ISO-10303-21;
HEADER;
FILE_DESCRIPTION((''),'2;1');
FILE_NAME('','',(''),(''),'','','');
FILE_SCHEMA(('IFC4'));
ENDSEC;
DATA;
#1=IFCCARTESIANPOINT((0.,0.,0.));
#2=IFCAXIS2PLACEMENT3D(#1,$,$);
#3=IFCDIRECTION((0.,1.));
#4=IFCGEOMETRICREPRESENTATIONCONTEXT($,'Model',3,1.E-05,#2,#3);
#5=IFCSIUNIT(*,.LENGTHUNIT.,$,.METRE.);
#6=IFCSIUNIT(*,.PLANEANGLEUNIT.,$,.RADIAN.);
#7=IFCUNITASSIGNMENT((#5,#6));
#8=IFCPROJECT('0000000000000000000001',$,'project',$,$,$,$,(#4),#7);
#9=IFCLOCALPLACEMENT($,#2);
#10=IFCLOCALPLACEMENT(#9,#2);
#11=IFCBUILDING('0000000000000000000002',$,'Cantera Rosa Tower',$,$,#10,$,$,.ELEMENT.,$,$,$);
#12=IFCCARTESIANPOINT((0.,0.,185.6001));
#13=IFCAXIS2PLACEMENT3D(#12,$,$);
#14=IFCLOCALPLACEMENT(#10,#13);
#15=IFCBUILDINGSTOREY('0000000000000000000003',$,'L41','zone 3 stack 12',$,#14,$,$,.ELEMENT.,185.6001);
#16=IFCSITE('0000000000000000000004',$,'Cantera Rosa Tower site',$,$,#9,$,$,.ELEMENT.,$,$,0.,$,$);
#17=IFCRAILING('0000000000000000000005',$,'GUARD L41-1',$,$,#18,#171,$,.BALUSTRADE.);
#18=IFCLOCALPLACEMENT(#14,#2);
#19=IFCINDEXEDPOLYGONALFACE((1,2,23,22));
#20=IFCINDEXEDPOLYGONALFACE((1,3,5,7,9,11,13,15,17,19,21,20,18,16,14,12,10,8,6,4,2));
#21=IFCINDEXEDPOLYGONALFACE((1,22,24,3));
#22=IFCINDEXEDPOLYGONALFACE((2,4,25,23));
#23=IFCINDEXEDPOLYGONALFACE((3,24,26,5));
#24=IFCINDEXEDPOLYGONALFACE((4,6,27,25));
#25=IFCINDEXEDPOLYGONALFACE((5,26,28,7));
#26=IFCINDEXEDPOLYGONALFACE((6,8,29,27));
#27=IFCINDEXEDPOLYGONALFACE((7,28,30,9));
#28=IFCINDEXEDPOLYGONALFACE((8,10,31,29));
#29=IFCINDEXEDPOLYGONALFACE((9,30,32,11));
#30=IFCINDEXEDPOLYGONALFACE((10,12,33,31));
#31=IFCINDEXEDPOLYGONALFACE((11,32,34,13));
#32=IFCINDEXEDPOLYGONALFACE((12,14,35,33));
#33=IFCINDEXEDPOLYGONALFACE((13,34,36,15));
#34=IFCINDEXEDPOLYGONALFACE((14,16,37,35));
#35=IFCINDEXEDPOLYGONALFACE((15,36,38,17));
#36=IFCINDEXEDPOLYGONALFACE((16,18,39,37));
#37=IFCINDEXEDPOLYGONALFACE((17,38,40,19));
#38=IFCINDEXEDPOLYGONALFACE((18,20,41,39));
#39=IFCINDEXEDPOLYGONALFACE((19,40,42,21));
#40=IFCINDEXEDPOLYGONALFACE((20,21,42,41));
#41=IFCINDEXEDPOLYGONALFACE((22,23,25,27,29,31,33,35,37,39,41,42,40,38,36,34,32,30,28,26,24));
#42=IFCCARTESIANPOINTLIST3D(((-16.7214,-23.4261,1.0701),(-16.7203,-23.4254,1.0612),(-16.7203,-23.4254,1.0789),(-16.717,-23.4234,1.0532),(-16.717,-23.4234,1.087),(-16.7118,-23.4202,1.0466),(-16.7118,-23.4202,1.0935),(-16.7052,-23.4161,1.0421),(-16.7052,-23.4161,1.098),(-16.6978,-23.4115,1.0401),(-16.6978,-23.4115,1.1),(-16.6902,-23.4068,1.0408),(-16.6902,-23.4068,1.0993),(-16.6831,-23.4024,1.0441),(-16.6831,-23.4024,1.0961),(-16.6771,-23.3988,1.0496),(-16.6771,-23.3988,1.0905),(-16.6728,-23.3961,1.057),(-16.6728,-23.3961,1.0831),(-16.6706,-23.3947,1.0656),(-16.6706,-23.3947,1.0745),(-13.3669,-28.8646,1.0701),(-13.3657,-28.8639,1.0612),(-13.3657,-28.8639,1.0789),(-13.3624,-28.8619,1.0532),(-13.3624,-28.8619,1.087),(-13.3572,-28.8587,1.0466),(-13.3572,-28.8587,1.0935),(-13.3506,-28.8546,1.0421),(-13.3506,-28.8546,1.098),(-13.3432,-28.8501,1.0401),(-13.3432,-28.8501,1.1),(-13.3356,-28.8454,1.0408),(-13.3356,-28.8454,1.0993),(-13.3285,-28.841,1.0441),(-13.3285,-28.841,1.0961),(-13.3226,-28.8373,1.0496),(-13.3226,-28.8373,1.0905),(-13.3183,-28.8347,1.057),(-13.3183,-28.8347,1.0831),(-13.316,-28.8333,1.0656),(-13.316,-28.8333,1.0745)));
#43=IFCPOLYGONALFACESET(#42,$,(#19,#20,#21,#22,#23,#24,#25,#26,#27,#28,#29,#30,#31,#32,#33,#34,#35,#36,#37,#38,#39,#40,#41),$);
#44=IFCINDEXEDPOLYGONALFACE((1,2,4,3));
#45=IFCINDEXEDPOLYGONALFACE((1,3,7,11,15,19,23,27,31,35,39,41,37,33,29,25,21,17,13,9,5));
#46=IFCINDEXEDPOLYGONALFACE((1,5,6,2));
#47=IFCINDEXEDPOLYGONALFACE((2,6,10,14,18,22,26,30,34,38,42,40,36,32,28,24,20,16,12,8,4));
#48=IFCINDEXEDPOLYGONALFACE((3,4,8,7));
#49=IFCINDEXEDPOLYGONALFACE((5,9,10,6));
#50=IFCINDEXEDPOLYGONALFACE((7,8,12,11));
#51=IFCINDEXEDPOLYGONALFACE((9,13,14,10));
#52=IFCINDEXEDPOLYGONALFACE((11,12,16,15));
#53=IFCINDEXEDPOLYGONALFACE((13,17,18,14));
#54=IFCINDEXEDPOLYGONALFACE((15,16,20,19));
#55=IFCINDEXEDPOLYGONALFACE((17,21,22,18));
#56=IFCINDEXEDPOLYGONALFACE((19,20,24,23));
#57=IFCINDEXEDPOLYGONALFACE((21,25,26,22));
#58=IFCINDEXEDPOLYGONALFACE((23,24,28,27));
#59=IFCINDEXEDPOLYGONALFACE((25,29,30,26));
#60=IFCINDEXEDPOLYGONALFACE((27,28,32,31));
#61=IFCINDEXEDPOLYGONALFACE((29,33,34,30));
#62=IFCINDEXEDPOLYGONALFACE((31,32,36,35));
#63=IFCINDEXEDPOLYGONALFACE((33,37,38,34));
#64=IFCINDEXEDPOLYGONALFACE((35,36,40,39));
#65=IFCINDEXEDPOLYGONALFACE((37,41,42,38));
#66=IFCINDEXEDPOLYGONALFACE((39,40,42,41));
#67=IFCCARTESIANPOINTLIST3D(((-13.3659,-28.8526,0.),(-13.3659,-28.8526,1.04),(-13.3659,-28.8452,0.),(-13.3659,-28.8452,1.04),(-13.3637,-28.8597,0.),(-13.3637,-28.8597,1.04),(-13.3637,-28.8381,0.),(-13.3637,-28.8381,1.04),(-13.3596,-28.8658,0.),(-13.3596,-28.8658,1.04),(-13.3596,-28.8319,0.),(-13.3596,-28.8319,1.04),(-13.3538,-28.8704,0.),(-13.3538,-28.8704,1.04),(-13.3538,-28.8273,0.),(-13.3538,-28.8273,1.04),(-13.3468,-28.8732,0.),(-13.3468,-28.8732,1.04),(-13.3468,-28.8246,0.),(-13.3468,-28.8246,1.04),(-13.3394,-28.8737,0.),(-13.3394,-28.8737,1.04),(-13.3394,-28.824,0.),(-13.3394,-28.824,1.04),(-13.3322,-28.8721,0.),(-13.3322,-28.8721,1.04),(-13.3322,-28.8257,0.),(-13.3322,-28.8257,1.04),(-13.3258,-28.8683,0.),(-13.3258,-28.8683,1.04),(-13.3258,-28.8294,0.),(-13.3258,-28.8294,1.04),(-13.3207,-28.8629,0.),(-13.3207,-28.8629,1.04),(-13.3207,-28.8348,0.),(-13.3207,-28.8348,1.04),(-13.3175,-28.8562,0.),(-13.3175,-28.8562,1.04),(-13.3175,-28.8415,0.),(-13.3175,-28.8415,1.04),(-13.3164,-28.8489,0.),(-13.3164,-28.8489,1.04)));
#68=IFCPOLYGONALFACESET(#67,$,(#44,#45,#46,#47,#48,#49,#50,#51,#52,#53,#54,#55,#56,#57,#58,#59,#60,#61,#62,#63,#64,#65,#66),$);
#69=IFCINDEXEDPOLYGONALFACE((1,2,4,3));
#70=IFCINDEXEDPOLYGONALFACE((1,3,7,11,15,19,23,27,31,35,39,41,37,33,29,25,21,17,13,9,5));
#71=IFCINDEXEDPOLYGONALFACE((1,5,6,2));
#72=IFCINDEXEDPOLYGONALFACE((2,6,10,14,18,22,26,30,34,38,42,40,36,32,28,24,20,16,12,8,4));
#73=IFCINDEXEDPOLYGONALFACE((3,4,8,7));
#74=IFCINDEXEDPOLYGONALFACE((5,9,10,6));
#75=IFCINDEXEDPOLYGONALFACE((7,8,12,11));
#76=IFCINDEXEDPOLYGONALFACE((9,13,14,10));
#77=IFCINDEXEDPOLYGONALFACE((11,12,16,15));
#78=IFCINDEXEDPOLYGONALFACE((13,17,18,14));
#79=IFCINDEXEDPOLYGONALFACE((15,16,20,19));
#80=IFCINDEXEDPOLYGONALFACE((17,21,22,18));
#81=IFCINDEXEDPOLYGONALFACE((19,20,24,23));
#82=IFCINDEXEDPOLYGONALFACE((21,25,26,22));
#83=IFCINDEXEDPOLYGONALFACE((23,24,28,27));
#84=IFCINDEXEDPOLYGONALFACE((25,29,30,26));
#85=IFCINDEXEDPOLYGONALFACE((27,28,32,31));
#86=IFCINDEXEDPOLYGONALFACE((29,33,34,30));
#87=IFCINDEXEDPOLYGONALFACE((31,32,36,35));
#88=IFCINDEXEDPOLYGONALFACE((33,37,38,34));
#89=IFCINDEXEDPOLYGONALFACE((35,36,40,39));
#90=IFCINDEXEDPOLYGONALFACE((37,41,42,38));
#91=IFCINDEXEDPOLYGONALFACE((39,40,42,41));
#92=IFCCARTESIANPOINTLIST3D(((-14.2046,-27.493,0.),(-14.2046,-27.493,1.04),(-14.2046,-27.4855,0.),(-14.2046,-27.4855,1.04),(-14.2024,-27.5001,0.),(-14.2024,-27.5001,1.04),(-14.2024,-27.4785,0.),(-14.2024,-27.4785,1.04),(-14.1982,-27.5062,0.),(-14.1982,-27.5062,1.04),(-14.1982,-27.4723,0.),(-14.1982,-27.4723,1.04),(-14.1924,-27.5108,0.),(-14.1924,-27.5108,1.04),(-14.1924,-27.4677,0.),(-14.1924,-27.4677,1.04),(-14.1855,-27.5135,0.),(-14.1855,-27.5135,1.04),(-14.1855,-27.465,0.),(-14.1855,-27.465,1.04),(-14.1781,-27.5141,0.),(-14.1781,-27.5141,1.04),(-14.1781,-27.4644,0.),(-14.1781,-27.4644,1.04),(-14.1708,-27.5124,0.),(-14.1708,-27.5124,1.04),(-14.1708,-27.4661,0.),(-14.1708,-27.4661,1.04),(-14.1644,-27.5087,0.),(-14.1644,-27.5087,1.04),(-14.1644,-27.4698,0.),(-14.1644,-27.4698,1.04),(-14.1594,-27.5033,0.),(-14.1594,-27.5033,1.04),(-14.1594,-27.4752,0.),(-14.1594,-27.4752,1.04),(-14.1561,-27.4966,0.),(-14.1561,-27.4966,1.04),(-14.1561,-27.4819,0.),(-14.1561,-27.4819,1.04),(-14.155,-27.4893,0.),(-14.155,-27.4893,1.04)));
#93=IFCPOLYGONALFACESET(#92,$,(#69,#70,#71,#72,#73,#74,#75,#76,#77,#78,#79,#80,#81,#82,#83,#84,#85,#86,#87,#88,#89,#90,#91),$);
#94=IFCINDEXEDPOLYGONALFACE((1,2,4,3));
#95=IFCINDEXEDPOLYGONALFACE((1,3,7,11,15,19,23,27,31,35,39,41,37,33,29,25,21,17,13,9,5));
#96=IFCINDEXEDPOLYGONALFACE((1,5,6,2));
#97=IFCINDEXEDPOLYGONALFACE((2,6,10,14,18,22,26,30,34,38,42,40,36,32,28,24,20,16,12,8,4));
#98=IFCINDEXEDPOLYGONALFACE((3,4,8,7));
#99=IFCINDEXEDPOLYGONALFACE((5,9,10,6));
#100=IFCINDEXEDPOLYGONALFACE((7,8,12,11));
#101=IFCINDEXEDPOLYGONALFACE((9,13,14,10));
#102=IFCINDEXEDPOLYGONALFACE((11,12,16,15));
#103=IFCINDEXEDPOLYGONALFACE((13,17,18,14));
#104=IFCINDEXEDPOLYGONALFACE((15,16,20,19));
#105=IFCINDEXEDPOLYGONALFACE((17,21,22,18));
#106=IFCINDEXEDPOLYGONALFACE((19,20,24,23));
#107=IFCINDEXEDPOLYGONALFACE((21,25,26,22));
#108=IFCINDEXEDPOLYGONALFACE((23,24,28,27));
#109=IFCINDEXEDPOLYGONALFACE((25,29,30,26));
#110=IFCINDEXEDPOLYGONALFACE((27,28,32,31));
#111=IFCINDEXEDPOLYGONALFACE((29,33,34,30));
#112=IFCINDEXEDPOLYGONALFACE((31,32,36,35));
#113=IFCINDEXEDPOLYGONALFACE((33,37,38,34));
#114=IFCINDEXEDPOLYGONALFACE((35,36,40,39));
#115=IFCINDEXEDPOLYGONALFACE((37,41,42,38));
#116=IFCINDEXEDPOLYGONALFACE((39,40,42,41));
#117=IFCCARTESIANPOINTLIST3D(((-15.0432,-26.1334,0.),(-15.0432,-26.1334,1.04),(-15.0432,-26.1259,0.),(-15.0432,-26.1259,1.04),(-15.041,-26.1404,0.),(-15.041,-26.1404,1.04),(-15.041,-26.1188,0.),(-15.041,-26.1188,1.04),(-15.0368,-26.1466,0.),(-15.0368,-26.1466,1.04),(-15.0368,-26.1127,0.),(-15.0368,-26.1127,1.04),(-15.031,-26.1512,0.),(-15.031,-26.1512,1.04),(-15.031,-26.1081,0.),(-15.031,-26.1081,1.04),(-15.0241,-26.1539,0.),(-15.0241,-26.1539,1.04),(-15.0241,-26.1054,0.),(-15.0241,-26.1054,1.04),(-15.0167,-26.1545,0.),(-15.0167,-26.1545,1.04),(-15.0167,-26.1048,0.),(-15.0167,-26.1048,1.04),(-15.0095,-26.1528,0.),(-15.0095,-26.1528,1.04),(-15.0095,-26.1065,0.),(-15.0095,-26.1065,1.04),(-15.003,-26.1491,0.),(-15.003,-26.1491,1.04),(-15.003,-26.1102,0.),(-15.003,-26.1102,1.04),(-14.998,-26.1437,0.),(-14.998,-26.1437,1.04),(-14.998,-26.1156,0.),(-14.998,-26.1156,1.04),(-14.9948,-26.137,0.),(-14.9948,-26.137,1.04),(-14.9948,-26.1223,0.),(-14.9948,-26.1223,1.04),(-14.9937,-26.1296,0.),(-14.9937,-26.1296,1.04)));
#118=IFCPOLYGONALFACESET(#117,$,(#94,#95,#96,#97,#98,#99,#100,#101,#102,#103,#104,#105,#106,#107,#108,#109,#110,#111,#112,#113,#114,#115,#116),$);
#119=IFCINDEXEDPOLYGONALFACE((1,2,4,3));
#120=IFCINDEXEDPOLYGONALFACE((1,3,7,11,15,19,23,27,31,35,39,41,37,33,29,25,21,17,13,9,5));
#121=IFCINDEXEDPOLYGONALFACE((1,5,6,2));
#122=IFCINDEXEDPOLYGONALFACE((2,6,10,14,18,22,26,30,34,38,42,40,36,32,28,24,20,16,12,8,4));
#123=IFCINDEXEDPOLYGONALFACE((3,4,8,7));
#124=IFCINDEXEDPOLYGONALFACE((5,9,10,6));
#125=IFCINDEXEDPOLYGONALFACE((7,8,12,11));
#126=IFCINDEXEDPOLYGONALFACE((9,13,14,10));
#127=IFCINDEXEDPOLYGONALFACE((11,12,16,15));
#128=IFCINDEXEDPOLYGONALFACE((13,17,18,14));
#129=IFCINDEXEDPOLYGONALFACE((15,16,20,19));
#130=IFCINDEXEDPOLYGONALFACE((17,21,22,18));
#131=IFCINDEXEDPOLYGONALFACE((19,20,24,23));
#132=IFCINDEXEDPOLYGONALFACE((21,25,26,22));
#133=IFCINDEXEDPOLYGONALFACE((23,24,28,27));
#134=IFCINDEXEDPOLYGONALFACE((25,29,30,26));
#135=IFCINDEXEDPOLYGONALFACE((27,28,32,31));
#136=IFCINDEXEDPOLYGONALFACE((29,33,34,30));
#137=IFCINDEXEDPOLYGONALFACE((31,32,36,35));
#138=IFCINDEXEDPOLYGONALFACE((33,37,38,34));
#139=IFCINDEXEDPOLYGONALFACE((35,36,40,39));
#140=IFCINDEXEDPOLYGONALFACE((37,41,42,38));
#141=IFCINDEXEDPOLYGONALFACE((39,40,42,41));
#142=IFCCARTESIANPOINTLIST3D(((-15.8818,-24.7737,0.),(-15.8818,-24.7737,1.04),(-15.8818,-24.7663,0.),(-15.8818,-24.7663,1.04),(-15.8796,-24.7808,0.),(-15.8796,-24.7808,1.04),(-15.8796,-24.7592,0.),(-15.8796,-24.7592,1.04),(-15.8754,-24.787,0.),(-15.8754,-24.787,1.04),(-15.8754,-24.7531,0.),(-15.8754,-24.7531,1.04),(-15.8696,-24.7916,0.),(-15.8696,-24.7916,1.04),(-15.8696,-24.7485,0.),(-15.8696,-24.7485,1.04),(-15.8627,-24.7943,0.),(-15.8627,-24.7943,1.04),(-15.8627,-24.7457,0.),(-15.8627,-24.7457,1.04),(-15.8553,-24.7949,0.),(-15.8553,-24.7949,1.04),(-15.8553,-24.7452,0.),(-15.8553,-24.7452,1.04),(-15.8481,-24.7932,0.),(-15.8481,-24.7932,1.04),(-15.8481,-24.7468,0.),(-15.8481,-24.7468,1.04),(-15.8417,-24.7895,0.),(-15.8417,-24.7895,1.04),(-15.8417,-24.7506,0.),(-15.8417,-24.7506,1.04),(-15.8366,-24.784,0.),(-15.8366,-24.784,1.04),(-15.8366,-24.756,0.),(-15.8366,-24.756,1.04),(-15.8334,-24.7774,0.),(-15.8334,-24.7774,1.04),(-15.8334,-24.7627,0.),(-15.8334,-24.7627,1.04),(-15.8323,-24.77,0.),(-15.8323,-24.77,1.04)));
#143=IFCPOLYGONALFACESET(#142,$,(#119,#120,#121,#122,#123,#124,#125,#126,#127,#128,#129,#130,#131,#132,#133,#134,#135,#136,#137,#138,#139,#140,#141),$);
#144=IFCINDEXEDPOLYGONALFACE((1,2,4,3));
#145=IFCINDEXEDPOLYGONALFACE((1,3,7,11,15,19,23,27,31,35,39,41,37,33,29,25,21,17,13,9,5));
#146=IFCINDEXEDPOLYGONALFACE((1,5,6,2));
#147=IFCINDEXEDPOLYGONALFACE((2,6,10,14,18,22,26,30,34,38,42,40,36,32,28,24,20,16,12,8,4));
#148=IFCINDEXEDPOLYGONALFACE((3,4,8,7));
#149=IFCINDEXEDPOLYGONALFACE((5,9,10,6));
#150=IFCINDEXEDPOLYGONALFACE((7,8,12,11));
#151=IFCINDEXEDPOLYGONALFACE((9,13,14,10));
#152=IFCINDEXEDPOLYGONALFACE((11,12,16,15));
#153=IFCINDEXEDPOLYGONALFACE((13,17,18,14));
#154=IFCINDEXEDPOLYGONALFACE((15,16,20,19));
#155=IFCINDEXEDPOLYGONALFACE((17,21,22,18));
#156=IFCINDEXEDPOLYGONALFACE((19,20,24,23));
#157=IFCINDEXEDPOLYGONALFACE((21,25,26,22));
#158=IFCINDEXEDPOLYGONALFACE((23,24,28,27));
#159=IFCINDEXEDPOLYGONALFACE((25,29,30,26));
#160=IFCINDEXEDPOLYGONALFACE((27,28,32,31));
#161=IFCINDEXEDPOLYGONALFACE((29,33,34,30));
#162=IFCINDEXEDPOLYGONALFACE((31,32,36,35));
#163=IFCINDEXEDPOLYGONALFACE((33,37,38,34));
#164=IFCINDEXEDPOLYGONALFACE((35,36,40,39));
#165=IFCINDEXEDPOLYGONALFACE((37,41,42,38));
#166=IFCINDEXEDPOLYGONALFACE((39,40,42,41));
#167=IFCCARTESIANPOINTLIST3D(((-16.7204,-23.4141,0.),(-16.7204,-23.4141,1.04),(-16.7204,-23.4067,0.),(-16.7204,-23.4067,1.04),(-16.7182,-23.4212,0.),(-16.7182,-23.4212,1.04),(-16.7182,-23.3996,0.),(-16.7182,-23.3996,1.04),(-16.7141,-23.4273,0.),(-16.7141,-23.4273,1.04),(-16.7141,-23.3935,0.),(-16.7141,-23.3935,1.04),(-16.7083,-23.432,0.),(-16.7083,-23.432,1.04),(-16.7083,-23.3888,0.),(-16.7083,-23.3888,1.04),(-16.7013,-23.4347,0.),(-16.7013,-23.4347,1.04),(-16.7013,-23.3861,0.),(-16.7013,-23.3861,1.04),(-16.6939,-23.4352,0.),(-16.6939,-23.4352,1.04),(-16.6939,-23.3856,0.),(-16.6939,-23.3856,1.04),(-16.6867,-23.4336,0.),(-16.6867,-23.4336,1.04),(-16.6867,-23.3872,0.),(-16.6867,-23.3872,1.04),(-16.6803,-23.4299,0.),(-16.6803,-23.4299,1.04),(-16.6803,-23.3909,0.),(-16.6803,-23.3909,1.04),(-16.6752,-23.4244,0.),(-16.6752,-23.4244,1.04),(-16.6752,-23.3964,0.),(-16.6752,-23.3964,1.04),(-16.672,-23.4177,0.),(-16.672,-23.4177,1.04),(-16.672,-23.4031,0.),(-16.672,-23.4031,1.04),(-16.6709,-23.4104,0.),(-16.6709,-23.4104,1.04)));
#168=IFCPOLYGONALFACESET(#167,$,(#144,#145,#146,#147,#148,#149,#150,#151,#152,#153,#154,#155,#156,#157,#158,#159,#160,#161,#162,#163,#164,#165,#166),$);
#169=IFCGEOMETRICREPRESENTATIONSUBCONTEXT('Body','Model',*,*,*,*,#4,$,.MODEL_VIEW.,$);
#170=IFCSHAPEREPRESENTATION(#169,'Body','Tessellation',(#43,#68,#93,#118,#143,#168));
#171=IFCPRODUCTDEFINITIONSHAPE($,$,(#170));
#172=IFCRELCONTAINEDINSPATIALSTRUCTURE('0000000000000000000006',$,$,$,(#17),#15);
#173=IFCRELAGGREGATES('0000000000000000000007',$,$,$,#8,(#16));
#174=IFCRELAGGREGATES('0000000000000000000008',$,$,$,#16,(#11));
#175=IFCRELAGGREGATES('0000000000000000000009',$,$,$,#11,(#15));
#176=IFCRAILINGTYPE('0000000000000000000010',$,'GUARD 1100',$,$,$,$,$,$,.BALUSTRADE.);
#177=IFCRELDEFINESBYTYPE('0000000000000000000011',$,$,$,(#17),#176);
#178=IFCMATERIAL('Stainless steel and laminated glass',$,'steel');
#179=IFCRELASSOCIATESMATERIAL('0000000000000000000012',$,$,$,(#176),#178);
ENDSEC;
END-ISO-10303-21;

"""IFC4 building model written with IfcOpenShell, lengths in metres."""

from ifc_helpers import new_model, si_unit, direction, frame, origin, origin_2d, place, context, subcontext, project, spatial, circle, extrude, material, type_object, element, save


model = new_model("IFC4")

# Units and contexts
model_context = context("Model", 3, precision=1e-05, world=origin(), true_north=direction((0.0, 1.0)))
body_context = subcontext(model_context, "Body", "Model", "MODEL_VIEW")
ifc_project = project(units=[si_unit("LENGTHUNIT", "METRE"), si_unit("PLANEANGLEUNIT", "RADIAN")], contexts=[model_context])

# Site, building, storey
site_placement = place(None, origin())
site = spatial("IfcSite", under=ifc_project, at=site_placement, Name="Cantera Rosa Tower site", CompositionType="ELEMENT", RefElevation=0.0)
building_placement = place(site_placement, origin())
building = spatial("IfcBuilding", under=site, at=building_placement, Name="Cantera Rosa Tower", CompositionType="ELEMENT")
storey_placement = place(building_placement, frame((0.0, 0.0, 185.6001)))
storey = spatial("IfcBuildingStorey", under=building, at=storey_placement, Name="L41", Description="zone 3 stack 12", CompositionType="ELEMENT", Elevation=185.6001)

# Railing
ifc_material_1 = material(Name="Stainless steel and laminated glass", Category="steel")
railing_type = type_object("IfcRailingType", Name="GUARD 1100", PredefinedType="BALUSTRADE", material=ifc_material_1)
railing_1_placement = place(storey_placement, frame((-13.3413, -28.8489, 0.0)))
element("IfcRailing", 1, at=railing_1_placement, inside=storey, type_object=railing_type, Name="GUARD L41-1", PredefinedType="BALUSTRADE", context=body_context, shape_type="SweptSolid", body=[
    extrude(circle(Radius=0.03, at=origin_2d()), frame((0.0, 0.0, 1.0701), z_axis=(-0.524975, 0.851117, 0.0), x_axis=(-0.851117, -0.524975, 0.0)), (0.0, 0.0, 1.0), 6.3899),
    extrude(circle(Radius=0.0249, at=origin_2d()), origin(), (0.0, 0.0, 1.0), 1.04),
    extrude(circle(Radius=0.0249, at=origin_2d()), frame((-0.8386, 1.3596, 0.0)), (0.0, 0.0, 1.0), 1.04),
    extrude(circle(Radius=0.0249, at=origin_2d()), frame((-1.6772, 2.7192, 0.0)), (0.0, 0.0, 1.0), 1.04),
    extrude(circle(Radius=0.0249, at=origin_2d()), frame((-2.5159, 4.0789, 0.0)), (0.0, 0.0, 1.0), 1.04),
    extrude(circle(Radius=0.0249, at=origin_2d()), frame((-3.3545, 5.4385, 0.0)), (0.0, 0.0, 1.0), 1.04),
])

save(model, "model.ifc")
